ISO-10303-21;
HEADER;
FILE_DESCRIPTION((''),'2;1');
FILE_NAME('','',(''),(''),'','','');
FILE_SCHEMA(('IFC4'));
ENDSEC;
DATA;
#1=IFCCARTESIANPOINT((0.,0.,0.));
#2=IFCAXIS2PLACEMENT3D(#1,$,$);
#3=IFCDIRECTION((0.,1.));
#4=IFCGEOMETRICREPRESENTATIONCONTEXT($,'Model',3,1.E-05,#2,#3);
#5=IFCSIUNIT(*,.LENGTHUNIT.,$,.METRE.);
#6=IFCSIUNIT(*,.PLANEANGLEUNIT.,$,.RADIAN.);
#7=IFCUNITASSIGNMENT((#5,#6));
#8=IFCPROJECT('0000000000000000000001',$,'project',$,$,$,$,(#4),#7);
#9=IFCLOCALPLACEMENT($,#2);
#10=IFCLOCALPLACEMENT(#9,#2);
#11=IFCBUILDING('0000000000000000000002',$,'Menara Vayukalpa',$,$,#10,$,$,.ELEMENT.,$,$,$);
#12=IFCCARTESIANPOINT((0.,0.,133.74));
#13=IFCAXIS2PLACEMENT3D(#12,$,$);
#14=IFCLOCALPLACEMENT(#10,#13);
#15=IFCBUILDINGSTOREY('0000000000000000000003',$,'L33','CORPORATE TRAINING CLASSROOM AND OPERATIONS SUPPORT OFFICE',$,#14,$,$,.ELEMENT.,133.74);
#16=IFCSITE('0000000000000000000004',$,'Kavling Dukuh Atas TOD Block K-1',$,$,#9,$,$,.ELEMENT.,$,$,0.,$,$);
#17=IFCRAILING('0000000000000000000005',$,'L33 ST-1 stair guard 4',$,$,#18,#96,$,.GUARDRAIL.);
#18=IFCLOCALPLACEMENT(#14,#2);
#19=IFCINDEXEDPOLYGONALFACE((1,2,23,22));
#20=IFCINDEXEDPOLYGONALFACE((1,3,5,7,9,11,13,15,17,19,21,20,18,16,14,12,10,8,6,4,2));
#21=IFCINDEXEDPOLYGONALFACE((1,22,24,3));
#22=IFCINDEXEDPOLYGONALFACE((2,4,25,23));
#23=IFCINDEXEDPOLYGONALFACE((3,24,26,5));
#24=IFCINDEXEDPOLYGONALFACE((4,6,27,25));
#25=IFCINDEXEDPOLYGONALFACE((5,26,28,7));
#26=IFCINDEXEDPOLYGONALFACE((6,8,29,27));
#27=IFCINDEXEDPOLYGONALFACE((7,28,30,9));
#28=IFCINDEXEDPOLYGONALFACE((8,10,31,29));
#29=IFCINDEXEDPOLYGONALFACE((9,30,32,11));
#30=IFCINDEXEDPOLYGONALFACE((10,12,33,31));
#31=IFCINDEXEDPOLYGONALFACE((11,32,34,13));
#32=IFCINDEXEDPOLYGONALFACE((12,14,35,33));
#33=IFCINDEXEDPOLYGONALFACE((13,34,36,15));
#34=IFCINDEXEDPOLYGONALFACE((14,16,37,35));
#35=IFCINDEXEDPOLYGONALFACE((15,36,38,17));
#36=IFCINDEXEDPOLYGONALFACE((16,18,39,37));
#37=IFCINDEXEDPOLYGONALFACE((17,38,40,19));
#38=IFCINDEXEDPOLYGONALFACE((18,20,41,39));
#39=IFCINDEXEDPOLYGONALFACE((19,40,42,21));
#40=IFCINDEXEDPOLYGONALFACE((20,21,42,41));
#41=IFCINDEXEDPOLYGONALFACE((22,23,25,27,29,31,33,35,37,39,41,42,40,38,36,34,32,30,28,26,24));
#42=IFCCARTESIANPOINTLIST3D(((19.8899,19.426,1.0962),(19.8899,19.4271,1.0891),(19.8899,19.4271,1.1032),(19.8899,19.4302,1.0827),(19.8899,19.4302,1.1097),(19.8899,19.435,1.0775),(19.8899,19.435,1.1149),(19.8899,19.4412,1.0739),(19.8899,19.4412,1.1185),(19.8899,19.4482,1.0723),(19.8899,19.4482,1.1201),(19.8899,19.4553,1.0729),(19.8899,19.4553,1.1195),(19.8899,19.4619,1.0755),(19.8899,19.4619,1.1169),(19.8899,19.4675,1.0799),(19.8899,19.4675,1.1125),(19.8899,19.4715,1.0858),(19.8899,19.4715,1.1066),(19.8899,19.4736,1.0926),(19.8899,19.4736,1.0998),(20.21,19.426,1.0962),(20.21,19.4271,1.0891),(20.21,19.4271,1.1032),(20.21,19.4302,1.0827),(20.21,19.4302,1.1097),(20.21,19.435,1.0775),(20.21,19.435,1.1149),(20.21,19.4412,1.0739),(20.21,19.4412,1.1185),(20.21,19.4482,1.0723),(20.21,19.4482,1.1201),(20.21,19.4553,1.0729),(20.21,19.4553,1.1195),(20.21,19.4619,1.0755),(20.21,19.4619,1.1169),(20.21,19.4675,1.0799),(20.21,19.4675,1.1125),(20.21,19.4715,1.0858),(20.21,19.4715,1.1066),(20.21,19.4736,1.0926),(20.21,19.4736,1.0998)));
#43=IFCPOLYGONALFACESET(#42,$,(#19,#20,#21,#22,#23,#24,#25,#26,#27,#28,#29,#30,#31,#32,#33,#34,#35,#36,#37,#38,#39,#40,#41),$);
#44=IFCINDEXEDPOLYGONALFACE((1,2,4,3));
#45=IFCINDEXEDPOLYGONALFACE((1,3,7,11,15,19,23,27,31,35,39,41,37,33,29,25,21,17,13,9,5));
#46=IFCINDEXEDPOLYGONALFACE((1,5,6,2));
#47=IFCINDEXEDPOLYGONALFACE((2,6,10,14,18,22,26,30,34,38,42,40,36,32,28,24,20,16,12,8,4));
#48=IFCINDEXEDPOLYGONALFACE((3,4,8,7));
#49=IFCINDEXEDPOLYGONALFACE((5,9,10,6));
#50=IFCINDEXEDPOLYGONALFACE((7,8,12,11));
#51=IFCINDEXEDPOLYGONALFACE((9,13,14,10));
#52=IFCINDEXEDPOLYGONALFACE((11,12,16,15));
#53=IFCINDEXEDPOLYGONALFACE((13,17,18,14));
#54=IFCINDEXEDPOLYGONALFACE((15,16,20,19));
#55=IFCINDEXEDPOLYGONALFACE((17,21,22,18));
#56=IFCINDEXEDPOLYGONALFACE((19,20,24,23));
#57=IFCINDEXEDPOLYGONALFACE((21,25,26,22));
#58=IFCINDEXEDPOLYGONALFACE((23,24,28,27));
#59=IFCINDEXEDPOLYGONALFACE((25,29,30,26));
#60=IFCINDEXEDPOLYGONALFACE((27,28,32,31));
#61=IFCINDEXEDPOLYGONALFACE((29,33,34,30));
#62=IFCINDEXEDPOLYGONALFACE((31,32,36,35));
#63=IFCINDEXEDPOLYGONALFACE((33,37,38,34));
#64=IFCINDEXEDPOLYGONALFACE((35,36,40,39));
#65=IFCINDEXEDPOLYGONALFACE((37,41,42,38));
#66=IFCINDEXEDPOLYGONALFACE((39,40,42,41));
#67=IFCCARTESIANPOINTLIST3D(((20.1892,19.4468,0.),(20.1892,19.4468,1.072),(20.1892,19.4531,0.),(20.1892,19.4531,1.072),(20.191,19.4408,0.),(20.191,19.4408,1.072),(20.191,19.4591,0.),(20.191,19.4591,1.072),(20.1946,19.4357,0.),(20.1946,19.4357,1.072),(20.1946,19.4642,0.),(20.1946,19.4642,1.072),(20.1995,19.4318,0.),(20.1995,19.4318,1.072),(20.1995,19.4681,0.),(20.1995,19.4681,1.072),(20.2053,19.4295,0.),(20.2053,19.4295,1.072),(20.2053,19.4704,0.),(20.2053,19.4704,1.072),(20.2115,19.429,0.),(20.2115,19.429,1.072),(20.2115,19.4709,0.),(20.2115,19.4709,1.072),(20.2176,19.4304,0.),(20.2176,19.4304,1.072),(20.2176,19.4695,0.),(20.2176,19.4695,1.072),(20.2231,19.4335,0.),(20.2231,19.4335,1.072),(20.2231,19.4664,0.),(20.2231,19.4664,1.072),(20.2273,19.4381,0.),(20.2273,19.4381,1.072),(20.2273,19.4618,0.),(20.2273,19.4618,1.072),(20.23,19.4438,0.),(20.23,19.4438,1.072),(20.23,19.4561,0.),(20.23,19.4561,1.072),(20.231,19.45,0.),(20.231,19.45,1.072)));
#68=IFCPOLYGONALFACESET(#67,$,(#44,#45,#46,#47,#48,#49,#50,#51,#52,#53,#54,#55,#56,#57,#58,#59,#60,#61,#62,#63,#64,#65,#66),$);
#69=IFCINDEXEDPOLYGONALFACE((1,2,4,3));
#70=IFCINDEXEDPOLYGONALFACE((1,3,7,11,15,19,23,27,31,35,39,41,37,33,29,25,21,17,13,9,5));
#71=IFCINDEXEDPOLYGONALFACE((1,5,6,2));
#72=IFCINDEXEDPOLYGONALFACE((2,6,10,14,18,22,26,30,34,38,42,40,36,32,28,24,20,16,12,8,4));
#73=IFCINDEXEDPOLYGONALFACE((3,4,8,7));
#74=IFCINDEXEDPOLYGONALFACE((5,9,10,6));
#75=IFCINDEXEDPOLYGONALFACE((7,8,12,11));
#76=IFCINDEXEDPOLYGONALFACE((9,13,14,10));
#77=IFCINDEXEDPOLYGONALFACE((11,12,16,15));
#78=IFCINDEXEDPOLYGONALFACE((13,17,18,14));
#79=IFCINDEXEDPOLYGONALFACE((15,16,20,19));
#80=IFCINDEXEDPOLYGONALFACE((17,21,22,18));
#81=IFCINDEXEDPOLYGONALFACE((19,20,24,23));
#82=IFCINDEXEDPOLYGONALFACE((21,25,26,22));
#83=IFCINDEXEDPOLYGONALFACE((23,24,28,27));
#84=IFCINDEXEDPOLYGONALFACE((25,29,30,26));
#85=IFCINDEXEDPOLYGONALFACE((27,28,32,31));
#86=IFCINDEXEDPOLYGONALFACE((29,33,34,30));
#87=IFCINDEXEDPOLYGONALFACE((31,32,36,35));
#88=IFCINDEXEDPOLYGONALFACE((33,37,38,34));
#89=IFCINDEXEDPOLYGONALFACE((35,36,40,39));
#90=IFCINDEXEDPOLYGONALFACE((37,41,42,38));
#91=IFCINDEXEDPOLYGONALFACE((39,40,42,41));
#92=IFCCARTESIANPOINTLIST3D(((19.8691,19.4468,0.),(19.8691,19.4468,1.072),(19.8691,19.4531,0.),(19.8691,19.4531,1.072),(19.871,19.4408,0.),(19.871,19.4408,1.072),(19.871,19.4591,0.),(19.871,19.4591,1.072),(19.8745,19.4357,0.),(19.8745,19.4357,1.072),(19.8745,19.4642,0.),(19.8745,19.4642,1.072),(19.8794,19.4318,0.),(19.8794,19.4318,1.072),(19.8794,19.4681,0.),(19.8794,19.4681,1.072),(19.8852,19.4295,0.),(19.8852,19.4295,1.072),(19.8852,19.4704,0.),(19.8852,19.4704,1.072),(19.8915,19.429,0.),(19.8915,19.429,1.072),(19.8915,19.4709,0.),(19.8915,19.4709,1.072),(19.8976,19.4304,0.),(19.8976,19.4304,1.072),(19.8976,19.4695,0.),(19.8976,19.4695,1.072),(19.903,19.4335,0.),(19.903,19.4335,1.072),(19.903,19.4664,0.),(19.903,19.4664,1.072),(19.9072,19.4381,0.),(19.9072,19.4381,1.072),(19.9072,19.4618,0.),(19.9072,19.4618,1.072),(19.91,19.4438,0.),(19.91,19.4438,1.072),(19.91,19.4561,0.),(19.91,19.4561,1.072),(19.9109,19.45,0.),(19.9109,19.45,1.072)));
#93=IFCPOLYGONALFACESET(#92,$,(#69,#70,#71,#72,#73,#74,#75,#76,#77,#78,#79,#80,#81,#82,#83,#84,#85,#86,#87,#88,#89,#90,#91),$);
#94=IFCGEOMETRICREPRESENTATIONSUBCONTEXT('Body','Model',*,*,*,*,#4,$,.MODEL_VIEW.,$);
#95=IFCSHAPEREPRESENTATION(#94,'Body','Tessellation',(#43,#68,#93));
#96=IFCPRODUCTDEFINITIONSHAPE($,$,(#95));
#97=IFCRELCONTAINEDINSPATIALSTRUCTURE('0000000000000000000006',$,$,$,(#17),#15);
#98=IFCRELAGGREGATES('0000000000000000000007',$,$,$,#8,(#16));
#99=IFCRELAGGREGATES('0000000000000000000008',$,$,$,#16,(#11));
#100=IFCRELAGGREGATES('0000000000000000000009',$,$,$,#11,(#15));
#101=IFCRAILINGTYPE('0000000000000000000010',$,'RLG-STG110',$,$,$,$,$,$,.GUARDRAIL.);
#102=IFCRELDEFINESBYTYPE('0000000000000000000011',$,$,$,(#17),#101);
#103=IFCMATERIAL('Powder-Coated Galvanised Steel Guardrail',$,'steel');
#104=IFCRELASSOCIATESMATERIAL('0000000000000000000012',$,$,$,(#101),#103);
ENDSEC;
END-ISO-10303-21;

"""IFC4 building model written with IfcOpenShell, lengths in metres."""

from ifc_helpers import new_model, si_unit, direction, frame, origin, origin_2d, place, context, subcontext, project, spatial, circle, extrude, material, type_object, element, save


model = new_model("IFC4")

# Units and contexts
model_context = context("Model", 3, precision=1e-05, world=origin(), true_north=direction((0.0, 1.0)))
body_context = subcontext(model_context, "Body", "Model", "MODEL_VIEW")
ifc_project = project(units=[si_unit("LENGTHUNIT", "METRE"), si_unit("PLANEANGLEUNIT", "RADIAN")], contexts=[model_context])

# Site, building, storey
site_placement = place(None, origin())
site = spatial("IfcSite", under=ifc_project, at=site_placement, Name="Kavling Dukuh Atas TOD Block K-1", CompositionType="ELEMENT", RefElevation=0.0)
building_placement = place(site_placement, origin())
building = spatial("IfcBuilding", under=site, at=building_placement, Name="Menara Vayukalpa", CompositionType="ELEMENT")
storey_placement = place(building_placement, frame((0.0, 0.0, 133.74)))
storey = spatial("IfcBuildingStorey", under=building, at=storey_placement, Name="L33", Description="CORPORATE TRAINING CLASSROOM AND OPERATIONS SUPPORT OFFICE", CompositionType="ELEMENT", Elevation=133.74)

# Railing
ifc_material_1 = material(Name="Powder-Coated Galvanised Steel Guardrail", Category="steel")
railing_type_1 = type_object("IfcRailingType", Name="RLG-STG110", PredefinedType="GUARDRAIL", material=ifc_material_1)
railing_1_placement = place(storey_placement, frame((20.21, 19.45, 0.0)))
element("IfcRailing", 1, at=railing_1_placement, inside=storey, type_object=railing_type_1, Name="L33 ST-1 stair guard 4", PredefinedType="GUARDRAIL", context=body_context, shape_type="SweptSolid", body=[
    extrude(circle(Radius=0.0239, at=origin_2d()), frame((0.0, 0.0, 1.0962), z_axis=(-1.0, 0.0, 0.0), x_axis=(0.0, -1.0, 0.0)), (0.0, 0.0, 1.0), 0.3201),
    extrude(circle(Radius=0.021, at=origin_2d()), origin(), (0.0, 0.0, 1.0), 1.072),
    extrude(circle(Radius=0.021, at=origin_2d()), frame((-0.3201, 0.0, 0.0)), (0.0, 0.0, 1.0), 1.072),
])

save(model, "model.ifc")
